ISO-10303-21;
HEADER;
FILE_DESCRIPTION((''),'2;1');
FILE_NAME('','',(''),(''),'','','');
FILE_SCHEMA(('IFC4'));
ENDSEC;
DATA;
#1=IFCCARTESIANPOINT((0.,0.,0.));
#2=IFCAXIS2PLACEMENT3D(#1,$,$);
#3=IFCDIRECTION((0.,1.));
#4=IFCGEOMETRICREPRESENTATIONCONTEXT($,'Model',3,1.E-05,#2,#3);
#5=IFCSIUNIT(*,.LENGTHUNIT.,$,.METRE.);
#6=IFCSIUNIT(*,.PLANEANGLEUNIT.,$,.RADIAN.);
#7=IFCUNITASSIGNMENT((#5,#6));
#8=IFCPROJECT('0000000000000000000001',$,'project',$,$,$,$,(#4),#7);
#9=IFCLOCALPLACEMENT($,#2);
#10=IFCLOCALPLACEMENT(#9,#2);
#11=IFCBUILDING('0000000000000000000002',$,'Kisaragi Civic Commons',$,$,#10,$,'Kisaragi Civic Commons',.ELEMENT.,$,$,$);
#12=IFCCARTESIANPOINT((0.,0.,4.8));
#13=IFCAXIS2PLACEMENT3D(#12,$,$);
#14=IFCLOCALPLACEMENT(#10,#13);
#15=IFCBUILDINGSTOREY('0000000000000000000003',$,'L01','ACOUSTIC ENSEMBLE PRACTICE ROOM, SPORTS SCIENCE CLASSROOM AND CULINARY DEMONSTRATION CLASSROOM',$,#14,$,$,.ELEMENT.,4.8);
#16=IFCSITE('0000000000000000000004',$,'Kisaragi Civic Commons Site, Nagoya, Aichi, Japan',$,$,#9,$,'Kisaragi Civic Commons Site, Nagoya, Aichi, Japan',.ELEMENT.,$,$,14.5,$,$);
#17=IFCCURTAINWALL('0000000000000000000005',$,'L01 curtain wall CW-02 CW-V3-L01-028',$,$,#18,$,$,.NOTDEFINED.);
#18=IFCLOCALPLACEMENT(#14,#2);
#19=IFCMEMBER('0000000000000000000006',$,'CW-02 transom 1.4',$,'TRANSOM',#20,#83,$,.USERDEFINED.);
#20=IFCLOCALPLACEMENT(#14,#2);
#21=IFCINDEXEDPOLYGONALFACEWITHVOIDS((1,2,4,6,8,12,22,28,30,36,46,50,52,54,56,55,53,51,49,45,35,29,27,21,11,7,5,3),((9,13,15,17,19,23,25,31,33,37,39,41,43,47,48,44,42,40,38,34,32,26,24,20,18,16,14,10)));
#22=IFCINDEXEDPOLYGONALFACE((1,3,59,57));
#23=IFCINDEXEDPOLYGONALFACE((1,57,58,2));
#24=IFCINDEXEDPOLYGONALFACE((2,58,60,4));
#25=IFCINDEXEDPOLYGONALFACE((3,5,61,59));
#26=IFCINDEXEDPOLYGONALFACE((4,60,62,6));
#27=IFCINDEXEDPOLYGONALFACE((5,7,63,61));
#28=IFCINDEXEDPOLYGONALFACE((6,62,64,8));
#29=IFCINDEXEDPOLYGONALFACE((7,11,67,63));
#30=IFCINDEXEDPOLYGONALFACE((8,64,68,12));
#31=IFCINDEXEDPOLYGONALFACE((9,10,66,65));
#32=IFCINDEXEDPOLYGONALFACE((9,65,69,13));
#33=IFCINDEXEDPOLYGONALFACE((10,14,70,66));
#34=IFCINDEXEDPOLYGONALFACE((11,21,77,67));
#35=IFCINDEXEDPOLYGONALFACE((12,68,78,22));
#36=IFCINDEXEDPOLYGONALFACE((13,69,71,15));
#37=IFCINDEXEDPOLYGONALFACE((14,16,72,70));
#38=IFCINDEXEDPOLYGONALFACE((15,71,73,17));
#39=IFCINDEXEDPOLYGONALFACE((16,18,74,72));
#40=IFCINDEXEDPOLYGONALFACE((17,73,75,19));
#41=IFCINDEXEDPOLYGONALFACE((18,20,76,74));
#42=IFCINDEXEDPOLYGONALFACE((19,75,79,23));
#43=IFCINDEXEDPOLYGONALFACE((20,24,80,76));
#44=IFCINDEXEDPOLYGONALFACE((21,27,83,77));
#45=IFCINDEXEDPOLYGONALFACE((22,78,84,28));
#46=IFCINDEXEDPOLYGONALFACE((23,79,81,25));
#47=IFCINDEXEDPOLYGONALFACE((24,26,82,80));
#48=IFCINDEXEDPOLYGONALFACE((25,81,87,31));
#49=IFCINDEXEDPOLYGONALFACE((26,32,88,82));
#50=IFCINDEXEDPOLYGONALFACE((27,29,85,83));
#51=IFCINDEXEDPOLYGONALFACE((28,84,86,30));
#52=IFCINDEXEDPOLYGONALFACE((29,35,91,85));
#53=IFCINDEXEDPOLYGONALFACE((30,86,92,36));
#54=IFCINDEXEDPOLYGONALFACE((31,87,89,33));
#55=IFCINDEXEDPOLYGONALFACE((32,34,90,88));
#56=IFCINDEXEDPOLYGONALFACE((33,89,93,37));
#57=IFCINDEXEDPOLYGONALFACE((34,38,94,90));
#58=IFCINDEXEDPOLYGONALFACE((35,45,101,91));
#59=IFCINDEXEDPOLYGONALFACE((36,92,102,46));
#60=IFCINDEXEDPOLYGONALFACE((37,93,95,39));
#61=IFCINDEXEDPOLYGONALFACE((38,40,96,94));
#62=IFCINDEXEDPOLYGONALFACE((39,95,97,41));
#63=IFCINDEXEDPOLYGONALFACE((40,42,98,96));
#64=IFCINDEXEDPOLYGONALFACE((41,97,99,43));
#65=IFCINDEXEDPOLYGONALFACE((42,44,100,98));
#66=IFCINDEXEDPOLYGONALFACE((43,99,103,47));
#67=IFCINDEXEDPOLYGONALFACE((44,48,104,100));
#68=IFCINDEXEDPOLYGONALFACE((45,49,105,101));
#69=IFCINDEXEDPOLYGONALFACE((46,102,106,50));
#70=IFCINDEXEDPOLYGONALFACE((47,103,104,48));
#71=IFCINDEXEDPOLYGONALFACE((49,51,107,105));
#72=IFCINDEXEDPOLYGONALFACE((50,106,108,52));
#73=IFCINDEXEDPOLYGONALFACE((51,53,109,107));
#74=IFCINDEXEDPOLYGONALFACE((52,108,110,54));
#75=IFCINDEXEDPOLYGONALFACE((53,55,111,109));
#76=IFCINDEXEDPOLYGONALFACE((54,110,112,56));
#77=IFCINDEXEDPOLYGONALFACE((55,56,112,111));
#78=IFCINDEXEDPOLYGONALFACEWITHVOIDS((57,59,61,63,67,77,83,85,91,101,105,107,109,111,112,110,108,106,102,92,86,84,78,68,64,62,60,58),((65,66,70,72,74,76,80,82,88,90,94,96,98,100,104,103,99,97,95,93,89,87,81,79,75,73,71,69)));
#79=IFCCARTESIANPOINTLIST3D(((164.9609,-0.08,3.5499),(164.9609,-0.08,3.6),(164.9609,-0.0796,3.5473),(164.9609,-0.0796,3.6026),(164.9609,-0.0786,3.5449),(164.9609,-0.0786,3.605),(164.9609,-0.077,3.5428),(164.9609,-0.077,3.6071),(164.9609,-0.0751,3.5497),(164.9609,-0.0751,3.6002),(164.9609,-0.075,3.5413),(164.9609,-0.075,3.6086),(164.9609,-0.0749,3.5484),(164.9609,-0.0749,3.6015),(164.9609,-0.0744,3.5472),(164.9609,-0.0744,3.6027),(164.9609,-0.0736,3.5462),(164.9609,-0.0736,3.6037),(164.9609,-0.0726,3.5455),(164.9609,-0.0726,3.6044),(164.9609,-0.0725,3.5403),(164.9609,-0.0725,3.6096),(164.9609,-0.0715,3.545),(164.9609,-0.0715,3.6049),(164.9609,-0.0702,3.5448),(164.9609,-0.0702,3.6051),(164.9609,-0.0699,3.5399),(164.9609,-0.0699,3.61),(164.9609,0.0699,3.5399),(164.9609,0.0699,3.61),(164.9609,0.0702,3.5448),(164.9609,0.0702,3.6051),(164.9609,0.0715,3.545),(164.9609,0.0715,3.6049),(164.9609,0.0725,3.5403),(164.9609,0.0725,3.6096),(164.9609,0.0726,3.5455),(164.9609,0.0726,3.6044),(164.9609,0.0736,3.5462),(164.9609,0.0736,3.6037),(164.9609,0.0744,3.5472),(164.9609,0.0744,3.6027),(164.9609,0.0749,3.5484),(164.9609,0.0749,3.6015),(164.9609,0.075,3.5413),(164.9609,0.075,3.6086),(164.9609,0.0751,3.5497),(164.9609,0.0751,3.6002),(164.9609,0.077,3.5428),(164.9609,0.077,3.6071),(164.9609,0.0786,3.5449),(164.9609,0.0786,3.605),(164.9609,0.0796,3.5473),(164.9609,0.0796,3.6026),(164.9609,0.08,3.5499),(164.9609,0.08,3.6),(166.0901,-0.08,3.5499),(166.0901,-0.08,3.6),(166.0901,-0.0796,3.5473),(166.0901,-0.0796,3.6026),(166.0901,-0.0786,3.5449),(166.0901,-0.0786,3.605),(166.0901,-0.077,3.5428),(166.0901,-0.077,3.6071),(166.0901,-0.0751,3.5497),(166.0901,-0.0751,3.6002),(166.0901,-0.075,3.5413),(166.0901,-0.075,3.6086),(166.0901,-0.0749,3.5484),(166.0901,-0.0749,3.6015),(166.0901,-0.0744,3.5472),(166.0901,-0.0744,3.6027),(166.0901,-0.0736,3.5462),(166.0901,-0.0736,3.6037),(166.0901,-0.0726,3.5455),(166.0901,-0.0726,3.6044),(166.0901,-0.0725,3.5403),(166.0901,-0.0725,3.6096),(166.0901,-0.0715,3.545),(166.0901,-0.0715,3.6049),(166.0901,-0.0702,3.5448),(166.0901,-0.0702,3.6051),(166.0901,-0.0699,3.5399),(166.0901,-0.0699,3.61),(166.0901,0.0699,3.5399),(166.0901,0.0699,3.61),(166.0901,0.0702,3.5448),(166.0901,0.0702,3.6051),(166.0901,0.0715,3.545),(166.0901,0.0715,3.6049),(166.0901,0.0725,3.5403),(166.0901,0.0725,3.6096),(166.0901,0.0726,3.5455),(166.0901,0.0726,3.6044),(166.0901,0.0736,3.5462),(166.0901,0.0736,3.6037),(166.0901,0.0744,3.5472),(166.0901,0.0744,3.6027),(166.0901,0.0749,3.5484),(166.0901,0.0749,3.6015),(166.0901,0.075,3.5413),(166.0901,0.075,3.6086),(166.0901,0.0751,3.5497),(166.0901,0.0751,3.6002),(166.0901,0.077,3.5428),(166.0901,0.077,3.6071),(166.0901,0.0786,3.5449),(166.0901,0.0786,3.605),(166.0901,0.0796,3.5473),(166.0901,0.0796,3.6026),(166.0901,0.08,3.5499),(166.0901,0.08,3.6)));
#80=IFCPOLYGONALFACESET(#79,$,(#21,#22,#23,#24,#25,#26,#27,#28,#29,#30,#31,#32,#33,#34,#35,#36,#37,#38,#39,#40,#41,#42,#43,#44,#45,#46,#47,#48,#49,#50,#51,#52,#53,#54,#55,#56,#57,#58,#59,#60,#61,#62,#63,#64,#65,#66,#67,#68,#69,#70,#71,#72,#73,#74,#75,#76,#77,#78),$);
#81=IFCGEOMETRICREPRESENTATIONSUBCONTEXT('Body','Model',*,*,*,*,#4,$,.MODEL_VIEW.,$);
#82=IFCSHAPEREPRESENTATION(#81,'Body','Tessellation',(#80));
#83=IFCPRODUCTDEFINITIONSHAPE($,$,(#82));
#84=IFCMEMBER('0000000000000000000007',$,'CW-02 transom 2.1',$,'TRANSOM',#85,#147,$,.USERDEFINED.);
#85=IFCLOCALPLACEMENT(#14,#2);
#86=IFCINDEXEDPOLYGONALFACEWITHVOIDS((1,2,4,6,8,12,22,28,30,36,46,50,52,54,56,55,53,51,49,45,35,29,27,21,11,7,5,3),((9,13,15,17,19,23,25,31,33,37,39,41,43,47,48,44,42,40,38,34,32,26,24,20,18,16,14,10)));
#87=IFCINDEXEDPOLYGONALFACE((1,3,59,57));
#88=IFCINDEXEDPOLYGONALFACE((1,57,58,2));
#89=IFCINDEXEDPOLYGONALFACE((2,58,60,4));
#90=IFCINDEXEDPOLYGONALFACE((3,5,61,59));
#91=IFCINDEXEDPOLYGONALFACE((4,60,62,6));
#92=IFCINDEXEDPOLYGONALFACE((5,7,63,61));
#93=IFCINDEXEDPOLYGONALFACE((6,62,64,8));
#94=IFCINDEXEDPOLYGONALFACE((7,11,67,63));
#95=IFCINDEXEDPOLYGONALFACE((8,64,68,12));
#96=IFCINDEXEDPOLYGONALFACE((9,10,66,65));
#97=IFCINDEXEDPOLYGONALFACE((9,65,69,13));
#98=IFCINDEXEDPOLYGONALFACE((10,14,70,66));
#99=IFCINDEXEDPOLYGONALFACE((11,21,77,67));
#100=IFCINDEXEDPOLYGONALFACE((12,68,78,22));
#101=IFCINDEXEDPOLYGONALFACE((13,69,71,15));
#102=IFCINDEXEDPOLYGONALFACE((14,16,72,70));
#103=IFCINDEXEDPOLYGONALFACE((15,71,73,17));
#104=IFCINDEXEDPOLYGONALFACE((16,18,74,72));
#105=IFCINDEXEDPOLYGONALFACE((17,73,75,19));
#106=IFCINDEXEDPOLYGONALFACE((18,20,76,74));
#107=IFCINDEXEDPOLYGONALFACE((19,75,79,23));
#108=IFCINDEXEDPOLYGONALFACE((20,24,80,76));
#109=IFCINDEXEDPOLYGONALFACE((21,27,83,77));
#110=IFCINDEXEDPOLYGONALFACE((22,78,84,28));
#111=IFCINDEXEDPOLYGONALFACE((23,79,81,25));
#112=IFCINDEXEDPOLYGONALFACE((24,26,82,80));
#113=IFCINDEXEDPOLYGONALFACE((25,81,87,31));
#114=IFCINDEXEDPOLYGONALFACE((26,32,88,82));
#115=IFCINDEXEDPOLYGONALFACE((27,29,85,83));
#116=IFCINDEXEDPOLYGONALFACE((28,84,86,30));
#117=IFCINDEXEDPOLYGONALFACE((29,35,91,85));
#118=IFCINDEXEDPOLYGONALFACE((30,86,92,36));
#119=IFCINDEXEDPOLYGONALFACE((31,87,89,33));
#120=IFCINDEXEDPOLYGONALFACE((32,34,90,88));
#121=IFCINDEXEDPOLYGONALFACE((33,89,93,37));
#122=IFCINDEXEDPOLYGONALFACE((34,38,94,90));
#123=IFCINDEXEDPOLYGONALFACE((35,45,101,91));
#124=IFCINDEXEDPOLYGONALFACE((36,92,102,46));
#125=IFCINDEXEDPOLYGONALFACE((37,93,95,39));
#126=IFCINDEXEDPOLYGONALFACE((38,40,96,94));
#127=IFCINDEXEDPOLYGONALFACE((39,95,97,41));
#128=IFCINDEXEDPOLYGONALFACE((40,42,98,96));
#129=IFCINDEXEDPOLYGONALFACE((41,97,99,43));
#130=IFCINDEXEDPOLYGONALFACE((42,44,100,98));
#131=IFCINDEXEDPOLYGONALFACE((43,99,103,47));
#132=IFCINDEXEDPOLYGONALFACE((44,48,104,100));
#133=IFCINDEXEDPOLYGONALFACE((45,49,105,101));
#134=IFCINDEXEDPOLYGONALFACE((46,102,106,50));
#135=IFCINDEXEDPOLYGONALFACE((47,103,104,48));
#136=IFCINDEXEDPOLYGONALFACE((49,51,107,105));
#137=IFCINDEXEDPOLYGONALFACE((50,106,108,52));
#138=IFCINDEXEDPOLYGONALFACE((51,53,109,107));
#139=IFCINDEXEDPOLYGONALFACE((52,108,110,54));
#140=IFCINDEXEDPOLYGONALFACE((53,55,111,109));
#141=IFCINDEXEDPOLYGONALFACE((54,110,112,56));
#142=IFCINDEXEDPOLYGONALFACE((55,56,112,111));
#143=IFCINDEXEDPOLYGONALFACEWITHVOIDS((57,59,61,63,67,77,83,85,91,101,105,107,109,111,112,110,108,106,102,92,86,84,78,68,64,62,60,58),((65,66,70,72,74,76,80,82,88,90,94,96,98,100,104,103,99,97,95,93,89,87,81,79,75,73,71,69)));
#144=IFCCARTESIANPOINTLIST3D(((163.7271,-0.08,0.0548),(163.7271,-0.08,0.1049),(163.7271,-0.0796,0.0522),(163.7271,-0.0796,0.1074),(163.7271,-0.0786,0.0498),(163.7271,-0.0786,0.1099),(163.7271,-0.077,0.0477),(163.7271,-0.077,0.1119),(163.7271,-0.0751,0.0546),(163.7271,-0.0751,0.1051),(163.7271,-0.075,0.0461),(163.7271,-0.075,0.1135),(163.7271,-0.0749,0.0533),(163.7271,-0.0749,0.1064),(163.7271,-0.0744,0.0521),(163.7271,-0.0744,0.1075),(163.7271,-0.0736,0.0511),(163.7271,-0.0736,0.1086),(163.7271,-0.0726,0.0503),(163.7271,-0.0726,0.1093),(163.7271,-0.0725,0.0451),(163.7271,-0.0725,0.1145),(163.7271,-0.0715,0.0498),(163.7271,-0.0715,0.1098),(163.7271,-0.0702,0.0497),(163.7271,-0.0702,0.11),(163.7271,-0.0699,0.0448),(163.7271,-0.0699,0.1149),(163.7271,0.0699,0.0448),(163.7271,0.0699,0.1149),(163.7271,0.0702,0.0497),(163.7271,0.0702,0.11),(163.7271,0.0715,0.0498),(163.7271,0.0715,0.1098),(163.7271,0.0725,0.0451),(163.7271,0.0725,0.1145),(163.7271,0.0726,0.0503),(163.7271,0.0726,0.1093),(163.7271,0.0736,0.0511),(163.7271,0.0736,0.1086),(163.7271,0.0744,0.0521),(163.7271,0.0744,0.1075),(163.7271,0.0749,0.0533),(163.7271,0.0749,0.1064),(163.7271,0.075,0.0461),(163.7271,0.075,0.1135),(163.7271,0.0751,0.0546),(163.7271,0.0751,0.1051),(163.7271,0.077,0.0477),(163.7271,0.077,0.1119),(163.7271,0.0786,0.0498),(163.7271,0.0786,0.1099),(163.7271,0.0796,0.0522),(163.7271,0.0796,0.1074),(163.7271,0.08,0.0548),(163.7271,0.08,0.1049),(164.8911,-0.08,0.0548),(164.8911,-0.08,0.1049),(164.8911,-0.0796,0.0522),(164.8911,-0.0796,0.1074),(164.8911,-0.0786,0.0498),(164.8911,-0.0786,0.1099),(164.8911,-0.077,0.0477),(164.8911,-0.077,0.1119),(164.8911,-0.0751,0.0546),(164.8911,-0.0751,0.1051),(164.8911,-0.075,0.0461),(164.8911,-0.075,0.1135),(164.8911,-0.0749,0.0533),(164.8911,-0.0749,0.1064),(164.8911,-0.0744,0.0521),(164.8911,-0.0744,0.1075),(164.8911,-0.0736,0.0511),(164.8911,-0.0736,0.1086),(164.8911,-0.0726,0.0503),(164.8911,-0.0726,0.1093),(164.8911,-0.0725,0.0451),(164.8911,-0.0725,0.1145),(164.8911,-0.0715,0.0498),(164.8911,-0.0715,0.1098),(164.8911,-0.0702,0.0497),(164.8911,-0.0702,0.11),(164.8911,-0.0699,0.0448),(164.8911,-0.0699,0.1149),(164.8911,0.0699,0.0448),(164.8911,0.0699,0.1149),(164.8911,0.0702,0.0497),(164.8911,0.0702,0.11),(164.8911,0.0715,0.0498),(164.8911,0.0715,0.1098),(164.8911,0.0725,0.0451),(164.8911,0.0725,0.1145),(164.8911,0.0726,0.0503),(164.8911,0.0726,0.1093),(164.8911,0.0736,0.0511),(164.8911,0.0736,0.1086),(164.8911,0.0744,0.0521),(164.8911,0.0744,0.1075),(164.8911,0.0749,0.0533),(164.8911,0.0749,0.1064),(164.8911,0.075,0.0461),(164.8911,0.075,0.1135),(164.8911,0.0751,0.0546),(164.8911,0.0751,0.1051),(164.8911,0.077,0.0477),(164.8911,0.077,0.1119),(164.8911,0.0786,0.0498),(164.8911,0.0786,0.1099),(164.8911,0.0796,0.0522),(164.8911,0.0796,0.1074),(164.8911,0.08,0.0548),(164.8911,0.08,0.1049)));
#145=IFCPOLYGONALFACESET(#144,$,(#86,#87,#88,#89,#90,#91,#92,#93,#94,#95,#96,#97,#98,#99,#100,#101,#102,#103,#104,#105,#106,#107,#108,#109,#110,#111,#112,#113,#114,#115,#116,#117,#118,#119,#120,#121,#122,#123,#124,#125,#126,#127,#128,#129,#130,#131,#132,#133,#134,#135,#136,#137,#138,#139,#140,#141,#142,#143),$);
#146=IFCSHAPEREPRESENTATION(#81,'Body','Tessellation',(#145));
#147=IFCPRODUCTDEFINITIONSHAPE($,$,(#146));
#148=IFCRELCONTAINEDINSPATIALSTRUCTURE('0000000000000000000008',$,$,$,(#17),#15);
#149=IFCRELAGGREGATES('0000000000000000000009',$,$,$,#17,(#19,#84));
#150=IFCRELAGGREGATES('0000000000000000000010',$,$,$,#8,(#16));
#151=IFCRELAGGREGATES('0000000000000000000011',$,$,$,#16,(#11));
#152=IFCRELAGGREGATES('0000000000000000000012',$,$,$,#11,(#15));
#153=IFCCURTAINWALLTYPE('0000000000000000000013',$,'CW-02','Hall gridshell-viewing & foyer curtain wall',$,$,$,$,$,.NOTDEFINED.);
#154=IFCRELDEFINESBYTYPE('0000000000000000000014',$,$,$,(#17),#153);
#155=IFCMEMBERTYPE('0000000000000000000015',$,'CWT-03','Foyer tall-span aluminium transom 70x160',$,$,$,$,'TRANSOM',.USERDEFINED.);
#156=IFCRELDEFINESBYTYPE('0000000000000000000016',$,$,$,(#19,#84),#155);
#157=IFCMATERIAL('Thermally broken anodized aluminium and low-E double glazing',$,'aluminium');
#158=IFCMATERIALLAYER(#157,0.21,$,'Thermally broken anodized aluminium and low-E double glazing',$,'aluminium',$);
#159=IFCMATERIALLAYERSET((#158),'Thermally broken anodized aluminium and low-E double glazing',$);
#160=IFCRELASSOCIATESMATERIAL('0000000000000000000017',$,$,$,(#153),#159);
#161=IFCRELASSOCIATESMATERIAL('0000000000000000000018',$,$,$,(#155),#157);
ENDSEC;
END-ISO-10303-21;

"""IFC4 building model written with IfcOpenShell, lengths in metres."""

from ifc_helpers import new_model, si_unit, direction, frame, origin, origin_2d, place, context, subcontext, project, spatial, hollow_rectangle, extrude, material, layer, layer_set, material_profile, profile_set, type_object, element, aggregate, save


model = new_model("IFC4")

# Units and contexts
model_context = context("Model", 3, precision=1e-05, world=origin(), true_north=direction((0.0, 1.0)))
body_context = subcontext(model_context, "Body", "Model", "MODEL_VIEW")
ifc_project = project(units=[si_unit("LENGTHUNIT", "METRE"), si_unit("PLANEANGLEUNIT", "RADIAN")], contexts=[model_context])

# Site, building, storey
site_placement = place(None, origin())
site = spatial("IfcSite", under=ifc_project, at=site_placement, Name="Kisaragi Civic Commons Site, Nagoya, Aichi, Japan", LongName="Kisaragi Civic Commons Site, Nagoya, Aichi, Japan", CompositionType="ELEMENT", RefElevation=14.5)
building_placement = place(site_placement, origin())
building = spatial("IfcBuilding", under=site, at=building_placement, Name="Kisaragi Civic Commons", LongName="Kisaragi Civic Commons", CompositionType="ELEMENT")
storey_placement = place(building_placement, frame((0.0, 0.0, 4.8)))
storey = spatial("IfcBuildingStorey", under=building, at=storey_placement, Name="L01", Description="ACOUSTIC ENSEMBLE PRACTICE ROOM, SPORTS SCIENCE CLASSROOM AND CULINARY DEMONSTRATION CLASSROOM", CompositionType="ELEMENT", Elevation=4.8)

# Shared definitions
ifc_material_1 = material(Name="Thermally broken anodized aluminium and low-E double glazing", Category="aluminium")
ifc_layer_1 = layer(ifc_material_1, 0.21, Name="Thermally broken anodized aluminium and low-E double glazing", Category="aluminium")
ifc_layer_set_1 = layer_set([ifc_layer_1], Name="Thermally broken anodized aluminium and low-E double glazing")
curtain_wall_type = type_object("IfcCurtainWallType", Name="CW-02", Description="Hall gridshell-viewing & foyer curtain wall", PredefinedType="NOTDEFINED", material=ifc_layer_set_1)

# Curtain wall
curtain_wall_1_placement = place(storey_placement, origin())
curtain_wall_1 = element("IfcCurtainWall", 1, at=curtain_wall_1_placement, inside=storey, type_object=curtain_wall_type, Name="L01 curtain wall CW-02 CW-V3-L01-028", PredefinedType="NOTDEFINED")

# Members
ifc_material_profile_1 = material_profile(ifc_material_1, hollow_rectangle(XDim=0.1599, YDim=0.0701, WallThickness=0.0049, InnerFilletRadius=0.0049, OuterFilletRadius=0.01, at=origin_2d()), Name="CWT-70x160x5", Category="aluminium")
ifc_profile_set_1 = profile_set([ifc_material_profile_1], Name="Thermally broken anodized aluminium and low-E double glazing")
member_type_1 = type_object("IfcMemberType", Name="CWT-03", Description="Foyer tall-span aluminium transom 70x160", ElementType="TRANSOM", PredefinedType="USERDEFINED", material=ifc_profile_set_1)
member_1_placement = place(storey_placement, frame((166.0901, 0.0, 3.575), z_axis=(-1.0, 0.0, 0.0), x_axis=(0.0, -1.0, 0.0)))
member_1 = element("IfcMember", 2, at=member_1_placement, type_object=member_type_1, Name="CW-02 transom 1.4", ObjectType="TRANSOM", PredefinedType="USERDEFINED", context=body_context, shape_type="SweptSolid", body=[
    extrude(hollow_rectangle(XDim=0.1599, YDim=0.0701, WallThickness=0.0049, InnerFilletRadius=0.0049, OuterFilletRadius=0.01, at=origin_2d()), origin(), (0.0, 0.0, 1.0), 1.1292),
])
member_2_placement = place(storey_placement, frame((164.8911, 0.0, 0.0798), z_axis=(-1.0, 0.0, 0.0), x_axis=(0.0, -1.0, 0.0)))
member_2 = element("IfcMember", 3, at=member_2_placement, type_object=member_type_1, Name="CW-02 transom 2.1", ObjectType="TRANSOM", PredefinedType="USERDEFINED", context=body_context, shape_type="SweptSolid", body=[
    extrude(hollow_rectangle(XDim=0.1599, YDim=0.0701, WallThickness=0.0049, InnerFilletRadius=0.0049, OuterFilletRadius=0.01, at=origin_2d()), origin(), (0.0, 0.0, 1.0), 1.1641),
])

aggregate(curtain_wall_1, [member_1, member_2])

save(model, "model.ifc")
